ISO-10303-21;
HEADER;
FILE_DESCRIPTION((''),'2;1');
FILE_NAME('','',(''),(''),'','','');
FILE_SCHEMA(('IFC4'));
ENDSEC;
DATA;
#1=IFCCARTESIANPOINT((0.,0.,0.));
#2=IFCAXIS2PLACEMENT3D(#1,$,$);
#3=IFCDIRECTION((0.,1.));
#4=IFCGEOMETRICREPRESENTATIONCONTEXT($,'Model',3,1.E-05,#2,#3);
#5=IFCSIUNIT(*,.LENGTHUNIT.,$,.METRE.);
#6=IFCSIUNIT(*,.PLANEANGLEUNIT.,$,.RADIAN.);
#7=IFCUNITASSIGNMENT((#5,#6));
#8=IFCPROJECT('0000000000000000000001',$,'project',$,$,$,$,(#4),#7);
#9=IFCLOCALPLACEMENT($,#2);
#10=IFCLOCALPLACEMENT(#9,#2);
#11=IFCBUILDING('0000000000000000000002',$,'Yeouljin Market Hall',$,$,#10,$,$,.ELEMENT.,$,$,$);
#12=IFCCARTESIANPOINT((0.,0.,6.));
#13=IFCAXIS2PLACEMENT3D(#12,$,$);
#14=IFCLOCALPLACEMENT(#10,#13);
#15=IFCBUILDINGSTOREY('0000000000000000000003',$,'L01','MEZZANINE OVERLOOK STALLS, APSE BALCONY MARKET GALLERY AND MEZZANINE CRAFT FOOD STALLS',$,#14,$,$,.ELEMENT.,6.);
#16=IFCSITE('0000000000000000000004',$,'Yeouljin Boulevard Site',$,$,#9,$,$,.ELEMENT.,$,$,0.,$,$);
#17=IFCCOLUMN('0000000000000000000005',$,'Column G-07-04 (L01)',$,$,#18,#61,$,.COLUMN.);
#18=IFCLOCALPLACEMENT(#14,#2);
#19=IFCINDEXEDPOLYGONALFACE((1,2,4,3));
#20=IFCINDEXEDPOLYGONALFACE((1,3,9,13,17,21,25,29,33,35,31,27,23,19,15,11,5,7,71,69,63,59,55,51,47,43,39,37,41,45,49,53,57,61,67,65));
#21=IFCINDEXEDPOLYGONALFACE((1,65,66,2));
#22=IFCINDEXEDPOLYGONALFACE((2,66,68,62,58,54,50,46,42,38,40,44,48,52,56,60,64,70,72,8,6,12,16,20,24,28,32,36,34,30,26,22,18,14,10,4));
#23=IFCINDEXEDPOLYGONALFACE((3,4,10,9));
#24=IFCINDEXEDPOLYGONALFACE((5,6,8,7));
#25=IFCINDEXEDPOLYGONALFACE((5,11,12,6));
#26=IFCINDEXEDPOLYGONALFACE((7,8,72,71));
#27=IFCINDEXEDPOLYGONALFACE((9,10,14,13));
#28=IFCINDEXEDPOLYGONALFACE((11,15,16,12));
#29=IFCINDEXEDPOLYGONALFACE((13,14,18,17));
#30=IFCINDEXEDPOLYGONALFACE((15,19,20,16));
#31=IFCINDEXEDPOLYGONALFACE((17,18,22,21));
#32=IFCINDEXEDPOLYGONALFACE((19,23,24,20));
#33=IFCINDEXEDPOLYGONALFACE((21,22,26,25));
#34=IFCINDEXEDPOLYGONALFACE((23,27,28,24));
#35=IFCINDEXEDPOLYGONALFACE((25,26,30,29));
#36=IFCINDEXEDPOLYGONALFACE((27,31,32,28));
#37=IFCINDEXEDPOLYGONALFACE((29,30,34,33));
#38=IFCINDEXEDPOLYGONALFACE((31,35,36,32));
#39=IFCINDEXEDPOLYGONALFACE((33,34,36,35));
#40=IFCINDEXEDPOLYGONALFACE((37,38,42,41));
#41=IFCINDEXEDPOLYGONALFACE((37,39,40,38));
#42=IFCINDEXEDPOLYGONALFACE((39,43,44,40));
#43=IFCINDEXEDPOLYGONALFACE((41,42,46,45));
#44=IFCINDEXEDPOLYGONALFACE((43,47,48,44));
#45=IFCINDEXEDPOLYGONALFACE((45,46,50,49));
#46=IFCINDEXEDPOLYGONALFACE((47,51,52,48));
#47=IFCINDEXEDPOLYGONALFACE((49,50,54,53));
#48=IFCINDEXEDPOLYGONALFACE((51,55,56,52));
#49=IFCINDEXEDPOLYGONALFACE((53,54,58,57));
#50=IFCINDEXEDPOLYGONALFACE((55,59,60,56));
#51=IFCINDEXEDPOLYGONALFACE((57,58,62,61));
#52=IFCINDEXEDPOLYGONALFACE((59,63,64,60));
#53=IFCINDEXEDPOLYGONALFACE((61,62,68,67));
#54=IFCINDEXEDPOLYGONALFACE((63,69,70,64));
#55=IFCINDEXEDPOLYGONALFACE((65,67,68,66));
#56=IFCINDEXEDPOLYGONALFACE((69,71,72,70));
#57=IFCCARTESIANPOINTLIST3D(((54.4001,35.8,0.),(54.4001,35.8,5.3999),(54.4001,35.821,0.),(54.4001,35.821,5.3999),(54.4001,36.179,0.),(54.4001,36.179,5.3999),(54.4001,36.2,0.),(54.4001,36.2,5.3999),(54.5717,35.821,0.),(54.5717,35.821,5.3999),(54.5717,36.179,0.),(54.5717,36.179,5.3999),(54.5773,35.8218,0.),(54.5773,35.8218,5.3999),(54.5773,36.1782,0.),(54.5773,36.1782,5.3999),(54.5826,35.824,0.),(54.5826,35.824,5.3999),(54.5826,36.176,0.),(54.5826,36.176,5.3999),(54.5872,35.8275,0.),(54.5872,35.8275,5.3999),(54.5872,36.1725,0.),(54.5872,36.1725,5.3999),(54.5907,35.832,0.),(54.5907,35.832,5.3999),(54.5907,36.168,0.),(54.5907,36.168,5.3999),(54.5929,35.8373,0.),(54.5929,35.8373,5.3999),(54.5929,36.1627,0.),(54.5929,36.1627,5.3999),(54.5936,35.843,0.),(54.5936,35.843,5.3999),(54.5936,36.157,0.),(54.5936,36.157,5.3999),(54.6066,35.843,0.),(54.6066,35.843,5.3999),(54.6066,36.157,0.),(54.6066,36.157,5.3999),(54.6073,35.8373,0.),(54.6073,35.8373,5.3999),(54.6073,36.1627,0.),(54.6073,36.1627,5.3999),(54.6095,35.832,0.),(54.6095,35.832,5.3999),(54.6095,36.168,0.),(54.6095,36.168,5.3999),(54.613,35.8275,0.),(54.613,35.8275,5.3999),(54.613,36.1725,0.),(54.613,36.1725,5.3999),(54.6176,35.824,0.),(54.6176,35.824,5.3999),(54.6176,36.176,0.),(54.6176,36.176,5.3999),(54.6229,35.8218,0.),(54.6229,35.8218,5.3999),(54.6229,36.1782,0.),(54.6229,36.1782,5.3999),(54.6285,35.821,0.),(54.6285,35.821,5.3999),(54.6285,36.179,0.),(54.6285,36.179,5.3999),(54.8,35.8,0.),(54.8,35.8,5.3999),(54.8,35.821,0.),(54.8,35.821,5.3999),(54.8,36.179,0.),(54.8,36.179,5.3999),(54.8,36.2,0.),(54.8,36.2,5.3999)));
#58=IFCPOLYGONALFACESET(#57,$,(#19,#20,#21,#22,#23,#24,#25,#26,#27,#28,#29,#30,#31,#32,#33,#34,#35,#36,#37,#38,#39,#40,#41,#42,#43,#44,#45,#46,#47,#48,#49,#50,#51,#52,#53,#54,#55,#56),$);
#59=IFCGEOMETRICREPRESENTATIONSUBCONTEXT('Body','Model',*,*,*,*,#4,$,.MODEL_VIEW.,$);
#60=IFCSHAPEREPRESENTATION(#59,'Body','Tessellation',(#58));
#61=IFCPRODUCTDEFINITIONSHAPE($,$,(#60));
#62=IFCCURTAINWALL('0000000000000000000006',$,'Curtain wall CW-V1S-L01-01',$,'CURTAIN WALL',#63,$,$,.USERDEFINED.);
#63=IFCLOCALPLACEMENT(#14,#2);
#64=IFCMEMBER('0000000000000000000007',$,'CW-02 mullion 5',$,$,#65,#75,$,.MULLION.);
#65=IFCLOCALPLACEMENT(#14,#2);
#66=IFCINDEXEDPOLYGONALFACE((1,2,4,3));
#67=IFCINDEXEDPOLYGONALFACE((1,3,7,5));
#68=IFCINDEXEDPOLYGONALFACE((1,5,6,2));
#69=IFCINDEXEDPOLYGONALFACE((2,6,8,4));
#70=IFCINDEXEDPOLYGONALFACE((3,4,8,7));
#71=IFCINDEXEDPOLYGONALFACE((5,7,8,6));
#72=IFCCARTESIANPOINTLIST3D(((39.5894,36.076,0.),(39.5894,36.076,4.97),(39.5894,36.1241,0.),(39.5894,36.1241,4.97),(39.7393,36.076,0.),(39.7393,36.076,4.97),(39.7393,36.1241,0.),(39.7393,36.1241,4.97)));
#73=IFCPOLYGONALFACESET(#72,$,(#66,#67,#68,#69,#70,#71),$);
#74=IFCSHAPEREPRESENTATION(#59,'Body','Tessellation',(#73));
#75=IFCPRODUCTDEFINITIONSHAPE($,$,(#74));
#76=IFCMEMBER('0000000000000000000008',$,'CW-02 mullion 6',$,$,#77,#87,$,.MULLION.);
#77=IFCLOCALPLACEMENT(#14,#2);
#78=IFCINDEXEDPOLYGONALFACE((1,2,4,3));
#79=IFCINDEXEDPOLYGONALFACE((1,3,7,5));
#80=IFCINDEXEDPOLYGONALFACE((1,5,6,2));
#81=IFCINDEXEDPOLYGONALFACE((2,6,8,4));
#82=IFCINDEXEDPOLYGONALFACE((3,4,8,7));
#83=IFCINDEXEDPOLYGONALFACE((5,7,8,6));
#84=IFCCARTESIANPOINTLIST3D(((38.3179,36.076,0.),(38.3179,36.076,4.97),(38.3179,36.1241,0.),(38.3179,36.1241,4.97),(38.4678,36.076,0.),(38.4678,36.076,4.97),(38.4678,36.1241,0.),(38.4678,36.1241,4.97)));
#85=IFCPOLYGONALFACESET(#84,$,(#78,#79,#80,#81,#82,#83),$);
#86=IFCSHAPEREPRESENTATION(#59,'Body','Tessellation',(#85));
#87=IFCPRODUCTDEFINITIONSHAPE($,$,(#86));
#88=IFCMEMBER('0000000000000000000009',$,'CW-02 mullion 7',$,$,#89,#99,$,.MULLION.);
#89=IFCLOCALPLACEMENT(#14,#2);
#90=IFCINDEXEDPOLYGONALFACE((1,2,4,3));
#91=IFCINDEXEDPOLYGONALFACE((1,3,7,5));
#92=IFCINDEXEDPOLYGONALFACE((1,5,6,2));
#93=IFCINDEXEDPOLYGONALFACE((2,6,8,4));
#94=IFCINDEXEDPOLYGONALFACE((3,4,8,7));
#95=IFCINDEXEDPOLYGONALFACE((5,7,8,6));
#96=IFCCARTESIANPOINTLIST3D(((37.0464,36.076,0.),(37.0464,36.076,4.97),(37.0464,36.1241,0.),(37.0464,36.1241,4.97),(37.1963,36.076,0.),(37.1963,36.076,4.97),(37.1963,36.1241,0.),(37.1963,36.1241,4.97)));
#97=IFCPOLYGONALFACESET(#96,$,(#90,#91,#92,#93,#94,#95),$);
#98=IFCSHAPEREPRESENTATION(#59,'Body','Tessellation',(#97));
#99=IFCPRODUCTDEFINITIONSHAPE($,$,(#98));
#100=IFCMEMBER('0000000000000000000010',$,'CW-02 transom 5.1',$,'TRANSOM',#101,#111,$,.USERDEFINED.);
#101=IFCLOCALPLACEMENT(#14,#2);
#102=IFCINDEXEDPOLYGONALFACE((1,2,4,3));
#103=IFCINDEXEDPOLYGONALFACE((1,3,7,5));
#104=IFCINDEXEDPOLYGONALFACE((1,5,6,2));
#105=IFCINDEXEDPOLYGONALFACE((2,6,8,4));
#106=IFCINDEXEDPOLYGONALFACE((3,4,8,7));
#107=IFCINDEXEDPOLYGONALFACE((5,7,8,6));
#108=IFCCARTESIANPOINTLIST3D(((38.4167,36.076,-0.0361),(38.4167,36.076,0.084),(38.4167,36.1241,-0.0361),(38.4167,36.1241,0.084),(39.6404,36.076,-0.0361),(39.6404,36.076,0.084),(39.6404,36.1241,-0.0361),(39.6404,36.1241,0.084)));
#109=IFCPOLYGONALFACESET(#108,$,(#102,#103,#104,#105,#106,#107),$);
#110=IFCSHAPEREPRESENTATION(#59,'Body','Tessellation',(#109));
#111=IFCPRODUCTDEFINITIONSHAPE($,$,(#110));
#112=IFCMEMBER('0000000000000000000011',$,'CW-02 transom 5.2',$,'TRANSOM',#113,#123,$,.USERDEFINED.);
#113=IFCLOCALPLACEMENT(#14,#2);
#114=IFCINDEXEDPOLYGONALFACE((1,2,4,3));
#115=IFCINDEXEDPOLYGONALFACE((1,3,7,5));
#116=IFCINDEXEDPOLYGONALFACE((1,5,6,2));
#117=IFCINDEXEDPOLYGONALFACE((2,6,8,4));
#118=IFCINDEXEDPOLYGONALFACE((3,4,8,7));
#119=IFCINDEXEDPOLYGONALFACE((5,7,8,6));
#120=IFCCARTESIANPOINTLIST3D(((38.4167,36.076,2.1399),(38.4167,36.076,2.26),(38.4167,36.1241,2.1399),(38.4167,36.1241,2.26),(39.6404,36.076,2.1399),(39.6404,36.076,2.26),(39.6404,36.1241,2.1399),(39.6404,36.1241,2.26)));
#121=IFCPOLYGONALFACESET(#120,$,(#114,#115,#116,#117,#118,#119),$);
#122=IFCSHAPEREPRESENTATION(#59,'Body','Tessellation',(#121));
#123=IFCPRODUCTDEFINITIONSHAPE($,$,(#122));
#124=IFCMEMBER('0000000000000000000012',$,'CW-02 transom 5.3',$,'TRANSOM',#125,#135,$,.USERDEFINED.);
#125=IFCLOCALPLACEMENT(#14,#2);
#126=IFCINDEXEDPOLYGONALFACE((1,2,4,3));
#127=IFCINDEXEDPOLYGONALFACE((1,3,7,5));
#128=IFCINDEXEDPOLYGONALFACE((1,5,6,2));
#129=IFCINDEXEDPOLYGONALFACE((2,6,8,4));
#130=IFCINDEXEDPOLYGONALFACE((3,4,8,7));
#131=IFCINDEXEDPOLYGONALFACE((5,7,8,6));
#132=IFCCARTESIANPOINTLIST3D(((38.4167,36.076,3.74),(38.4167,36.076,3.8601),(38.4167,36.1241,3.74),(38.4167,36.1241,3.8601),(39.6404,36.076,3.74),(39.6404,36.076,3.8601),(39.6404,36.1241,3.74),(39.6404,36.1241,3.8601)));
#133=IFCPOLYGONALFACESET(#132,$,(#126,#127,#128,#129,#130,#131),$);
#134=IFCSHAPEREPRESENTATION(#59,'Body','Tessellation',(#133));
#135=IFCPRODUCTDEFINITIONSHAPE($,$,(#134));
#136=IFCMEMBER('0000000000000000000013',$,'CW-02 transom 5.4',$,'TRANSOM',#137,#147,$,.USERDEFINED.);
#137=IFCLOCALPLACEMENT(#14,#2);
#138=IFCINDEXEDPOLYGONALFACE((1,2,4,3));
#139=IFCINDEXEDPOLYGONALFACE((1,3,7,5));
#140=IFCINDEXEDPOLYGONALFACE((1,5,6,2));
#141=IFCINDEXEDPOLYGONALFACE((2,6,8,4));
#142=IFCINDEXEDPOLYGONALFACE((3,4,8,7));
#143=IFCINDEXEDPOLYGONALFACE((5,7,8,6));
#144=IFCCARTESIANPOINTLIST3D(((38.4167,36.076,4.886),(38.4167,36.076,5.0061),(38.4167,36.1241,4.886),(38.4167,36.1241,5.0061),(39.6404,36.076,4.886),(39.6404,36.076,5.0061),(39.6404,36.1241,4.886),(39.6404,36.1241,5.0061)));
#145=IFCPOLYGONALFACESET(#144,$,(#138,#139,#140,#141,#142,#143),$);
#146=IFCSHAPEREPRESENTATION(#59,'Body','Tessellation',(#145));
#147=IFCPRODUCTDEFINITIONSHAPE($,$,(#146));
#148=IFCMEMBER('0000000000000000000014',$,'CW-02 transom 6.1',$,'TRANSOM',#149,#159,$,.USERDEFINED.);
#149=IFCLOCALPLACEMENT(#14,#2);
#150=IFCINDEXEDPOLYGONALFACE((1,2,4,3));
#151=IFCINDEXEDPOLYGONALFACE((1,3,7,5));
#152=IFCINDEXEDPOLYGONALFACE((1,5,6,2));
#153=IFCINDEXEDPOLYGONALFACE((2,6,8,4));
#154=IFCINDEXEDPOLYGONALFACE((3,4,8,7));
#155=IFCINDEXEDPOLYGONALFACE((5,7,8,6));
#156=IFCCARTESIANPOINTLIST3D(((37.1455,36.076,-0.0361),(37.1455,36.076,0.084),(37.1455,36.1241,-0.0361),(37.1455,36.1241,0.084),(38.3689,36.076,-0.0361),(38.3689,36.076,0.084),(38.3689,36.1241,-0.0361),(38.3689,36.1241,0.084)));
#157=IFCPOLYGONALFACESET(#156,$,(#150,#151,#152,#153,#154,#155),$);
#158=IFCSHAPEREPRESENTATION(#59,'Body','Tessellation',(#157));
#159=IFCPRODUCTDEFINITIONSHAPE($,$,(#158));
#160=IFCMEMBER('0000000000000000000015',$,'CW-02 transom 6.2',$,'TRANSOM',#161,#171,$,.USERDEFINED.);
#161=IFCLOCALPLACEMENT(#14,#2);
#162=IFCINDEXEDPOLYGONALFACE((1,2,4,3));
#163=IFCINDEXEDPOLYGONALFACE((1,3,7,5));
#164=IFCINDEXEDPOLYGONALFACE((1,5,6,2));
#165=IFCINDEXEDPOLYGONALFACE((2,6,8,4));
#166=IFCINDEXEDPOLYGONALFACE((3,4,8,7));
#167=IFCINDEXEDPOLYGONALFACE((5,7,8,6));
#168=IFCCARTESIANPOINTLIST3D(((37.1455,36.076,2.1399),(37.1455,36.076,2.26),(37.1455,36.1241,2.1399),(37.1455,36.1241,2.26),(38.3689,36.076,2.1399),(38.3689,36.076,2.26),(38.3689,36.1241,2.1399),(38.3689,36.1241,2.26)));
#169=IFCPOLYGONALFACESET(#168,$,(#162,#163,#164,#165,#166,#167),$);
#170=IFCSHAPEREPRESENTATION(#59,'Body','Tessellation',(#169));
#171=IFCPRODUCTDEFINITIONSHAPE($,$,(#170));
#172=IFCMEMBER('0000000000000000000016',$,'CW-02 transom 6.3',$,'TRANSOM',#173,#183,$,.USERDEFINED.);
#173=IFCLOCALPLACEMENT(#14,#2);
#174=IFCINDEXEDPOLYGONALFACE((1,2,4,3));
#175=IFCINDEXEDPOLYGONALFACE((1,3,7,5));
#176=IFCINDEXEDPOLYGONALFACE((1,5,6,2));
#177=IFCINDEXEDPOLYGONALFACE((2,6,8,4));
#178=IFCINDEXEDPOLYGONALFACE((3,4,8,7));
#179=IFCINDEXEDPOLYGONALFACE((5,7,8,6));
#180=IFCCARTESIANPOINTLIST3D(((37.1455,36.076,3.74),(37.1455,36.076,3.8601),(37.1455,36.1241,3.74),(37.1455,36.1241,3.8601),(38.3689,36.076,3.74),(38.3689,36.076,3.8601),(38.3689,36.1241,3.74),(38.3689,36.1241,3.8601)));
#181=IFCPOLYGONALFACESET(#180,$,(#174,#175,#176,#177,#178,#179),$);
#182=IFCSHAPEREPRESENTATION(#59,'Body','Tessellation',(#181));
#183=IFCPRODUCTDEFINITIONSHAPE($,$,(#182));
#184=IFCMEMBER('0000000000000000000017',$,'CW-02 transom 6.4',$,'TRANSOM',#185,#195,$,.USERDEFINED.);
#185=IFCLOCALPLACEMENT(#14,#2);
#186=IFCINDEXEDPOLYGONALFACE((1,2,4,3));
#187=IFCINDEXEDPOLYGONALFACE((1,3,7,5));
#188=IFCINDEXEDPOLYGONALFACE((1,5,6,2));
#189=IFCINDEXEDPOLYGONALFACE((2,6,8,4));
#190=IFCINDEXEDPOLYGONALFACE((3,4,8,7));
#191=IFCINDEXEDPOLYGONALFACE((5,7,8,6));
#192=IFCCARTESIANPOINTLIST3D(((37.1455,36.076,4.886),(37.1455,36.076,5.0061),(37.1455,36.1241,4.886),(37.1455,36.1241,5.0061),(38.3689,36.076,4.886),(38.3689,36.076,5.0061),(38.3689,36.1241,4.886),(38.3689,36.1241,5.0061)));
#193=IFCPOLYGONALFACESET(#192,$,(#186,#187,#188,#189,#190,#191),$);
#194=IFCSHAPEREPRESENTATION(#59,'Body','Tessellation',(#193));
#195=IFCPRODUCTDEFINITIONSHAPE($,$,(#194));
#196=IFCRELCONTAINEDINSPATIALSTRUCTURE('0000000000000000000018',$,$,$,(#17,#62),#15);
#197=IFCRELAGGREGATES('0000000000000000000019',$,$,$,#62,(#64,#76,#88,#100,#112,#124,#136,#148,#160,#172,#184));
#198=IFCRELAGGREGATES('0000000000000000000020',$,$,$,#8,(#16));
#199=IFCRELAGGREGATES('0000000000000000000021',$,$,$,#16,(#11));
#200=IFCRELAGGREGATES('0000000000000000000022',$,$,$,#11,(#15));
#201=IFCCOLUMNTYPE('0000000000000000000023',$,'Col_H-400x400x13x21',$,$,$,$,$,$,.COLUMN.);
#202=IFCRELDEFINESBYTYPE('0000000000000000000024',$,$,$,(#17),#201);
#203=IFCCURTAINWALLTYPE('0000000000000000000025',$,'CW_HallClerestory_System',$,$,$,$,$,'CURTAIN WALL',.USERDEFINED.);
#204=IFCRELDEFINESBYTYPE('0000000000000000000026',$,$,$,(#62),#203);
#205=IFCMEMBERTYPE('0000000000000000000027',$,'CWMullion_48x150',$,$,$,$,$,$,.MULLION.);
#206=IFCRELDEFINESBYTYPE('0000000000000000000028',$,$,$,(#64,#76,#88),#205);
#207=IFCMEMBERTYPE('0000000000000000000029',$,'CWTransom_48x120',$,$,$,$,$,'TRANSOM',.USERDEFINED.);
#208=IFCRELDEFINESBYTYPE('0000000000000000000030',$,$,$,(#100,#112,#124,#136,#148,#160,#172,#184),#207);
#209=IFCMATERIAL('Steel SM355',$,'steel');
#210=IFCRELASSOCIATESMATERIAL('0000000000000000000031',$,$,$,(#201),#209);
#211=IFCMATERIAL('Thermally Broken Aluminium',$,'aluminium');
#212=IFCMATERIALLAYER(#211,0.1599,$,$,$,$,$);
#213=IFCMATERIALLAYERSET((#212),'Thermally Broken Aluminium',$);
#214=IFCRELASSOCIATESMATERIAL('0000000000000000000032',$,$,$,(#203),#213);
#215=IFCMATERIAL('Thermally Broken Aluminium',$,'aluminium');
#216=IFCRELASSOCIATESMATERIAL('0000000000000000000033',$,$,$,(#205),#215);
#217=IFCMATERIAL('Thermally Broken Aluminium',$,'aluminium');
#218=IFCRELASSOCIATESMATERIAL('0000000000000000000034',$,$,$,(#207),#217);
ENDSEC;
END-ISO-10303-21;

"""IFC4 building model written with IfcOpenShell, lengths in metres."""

from ifc_helpers import new_model, si_unit, direction, frame, origin, origin_2d, place, context, subcontext, project, spatial, rectangle, i_section, extrude, material, layer, layer_set, material_profile, profile_set, type_object, element, aggregate, save


model = new_model("IFC4")

# Units and contexts
model_context = context("Model", 3, precision=1e-05, world=origin(), true_north=direction((0.0, 1.0)))
body_context = subcontext(model_context, "Body", "Model", "MODEL_VIEW")
ifc_project = project(units=[si_unit("LENGTHUNIT", "METRE"), si_unit("PLANEANGLEUNIT", "RADIAN")], contexts=[model_context])

# Site, building, storey
site_placement = place(None, origin())
site = spatial("IfcSite", under=ifc_project, at=site_placement, Name="Yeouljin Boulevard Site", CompositionType="ELEMENT", RefElevation=0.0)
building_placement = place(site_placement, origin())
building = spatial("IfcBuilding", under=site, at=building_placement, Name="Yeouljin Market Hall", CompositionType="ELEMENT")
storey_placement = place(building_placement, frame((0.0, 0.0, 6.0)))
storey = spatial("IfcBuildingStorey", under=building, at=storey_placement, Name="L01", Description="MEZZANINE OVERLOOK STALLS, APSE BALCONY MARKET GALLERY AND MEZZANINE CRAFT FOOD STALLS", CompositionType="ELEMENT", Elevation=6.0)

# Column
ifc_material_1 = material(Name="Steel SM355", Category="steel")
ifc_material_profile_1 = material_profile(ifc_material_1, i_section(OverallWidth=0.3999, OverallDepth=0.3999, WebThickness=0.0129, FlangeThickness=0.021, FilletRadius=0.022, at=origin_2d()), Name="H-400x400x13x21")
ifc_profile_set_1 = profile_set([ifc_material_profile_1], Name="Steel SM355")
column_type = type_object("IfcColumnType", Name="Col_H-400x400x13x21", PredefinedType="COLUMN", material=ifc_profile_set_1)
column_placement = place(storey_placement, frame((54.6001, 36.0, 0.0), z_axis=(0.0, 0.0, 1.0), x_axis=(1.0, 0.0, 0.0)))
element("IfcColumn", 1, at=column_placement, inside=storey, type_object=column_type, Name="Column G-07-04 (L01)", PredefinedType="COLUMN", context=body_context, shape_type="SweptSolid", body=[
    extrude(i_section(OverallWidth=0.3999, OverallDepth=0.3999, WebThickness=0.0129, FlangeThickness=0.021, FilletRadius=0.022, at=origin_2d()), origin(), (0.0, 0.0, 1.0), 5.3999),
])

# Curtain wall, members
ifc_material_2 = material(Name="Thermally Broken Aluminium", Category="aluminium")
ifc_layer_1 = layer(ifc_material_2, 0.1599)
ifc_layer_set_1 = layer_set([ifc_layer_1], Name="Thermally Broken Aluminium")
curtain_wall_type = type_object("IfcCurtainWallType", Name="CW_HallClerestory_System", ElementType="CURTAIN WALL", PredefinedType="USERDEFINED", material=ifc_layer_set_1)
curtain_wall_placement = place(storey_placement, origin())
curtain_wall = element("IfcCurtainWall", 2, at=curtain_wall_placement, inside=storey, type_object=curtain_wall_type, Name="Curtain wall CW-V1S-L01-01", ObjectType="CURTAIN WALL", PredefinedType="USERDEFINED")
ifc_material_3 = material(Name="Thermally Broken Aluminium", Category="aluminium")
ifc_material_profile_2 = material_profile(ifc_material_3, rectangle(XDim=0.0481, YDim=0.1499, at=origin_2d()), Name="CW-MULL-48x150")
ifc_profile_set_2 = profile_set([ifc_material_profile_2], Name="Thermally Broken Aluminium")
member_type_1 = type_object("IfcMemberType", Name="CWMullion_48x150", PredefinedType="MULLION", material=ifc_profile_set_2)
member_1_placement = place(storey_placement, frame((39.6643, 36.1001, 0.0), z_axis=(0.0, 0.0, 1.0), x_axis=(0.0, -1.0, 0.0)))
member_1 = element("IfcMember", 3, at=member_1_placement, type_object=member_type_1, Name="CW-02 mullion 5", PredefinedType="MULLION", context=body_context, shape_type="SweptSolid", body=[
    extrude(rectangle(XDim=0.0481, YDim=0.1499, at=origin_2d()), origin(), (0.0, 0.0, 1.0), 4.97),
])
member_2_placement = place(storey_placement, frame((38.3928, 36.1001, 0.0), z_axis=(0.0, 0.0, 1.0), x_axis=(0.0, -1.0, 0.0)))
member_2 = element("IfcMember", 4, at=member_2_placement, type_object=member_type_1, Name="CW-02 mullion 6", PredefinedType="MULLION", context=body_context, shape_type="SweptSolid", body=[
    extrude(rectangle(XDim=0.0481, YDim=0.1499, at=origin_2d()), origin(), (0.0, 0.0, 1.0), 4.97),
])
member_3_placement = place(storey_placement, frame((37.1213, 36.1001, 0.0), z_axis=(0.0, 0.0, 1.0), x_axis=(0.0, -1.0, 0.0)))
member_3 = element("IfcMember", 5, at=member_3_placement, type_object=member_type_1, Name="CW-02 mullion 7", PredefinedType="MULLION", context=body_context, shape_type="SweptSolid", body=[
    extrude(rectangle(XDim=0.0481, YDim=0.1499, at=origin_2d()), origin(), (0.0, 0.0, 1.0), 4.97),
])
ifc_material_4 = material(Name="Thermally Broken Aluminium", Category="aluminium")
ifc_material_profile_3 = material_profile(ifc_material_4, rectangle(XDim=0.0481, YDim=0.1201, at=origin_2d()), Name="CW-TRAN-48x120")
ifc_profile_set_3 = profile_set([ifc_material_profile_3], Name="Thermally Broken Aluminium")
member_type_2 = type_object("IfcMemberType", Name="CWTransom_48x120", ElementType="TRANSOM", PredefinedType="USERDEFINED", material=ifc_profile_set_3)
member_4_placement = place(storey_placement, frame((39.6404, 36.1001, 0.0239), z_axis=(-1.0, 0.0, 0.0), x_axis=(0.0, -1.0, 0.0)))
member_4 = element("IfcMember", 6, at=member_4_placement, type_object=member_type_2, Name="CW-02 transom 5.1", ObjectType="TRANSOM", PredefinedType="USERDEFINED", context=body_context, shape_type="SweptSolid", body=[
    extrude(rectangle(XDim=0.0481, YDim=0.1201, at=origin_2d()), origin(), (0.0, 0.0, 1.0), 1.2236),
])
member_5_placement = place(storey_placement, frame((39.6404, 36.1001, 2.2), z_axis=(-1.0, 0.0, 0.0), x_axis=(0.0, -1.0, 0.0)))
member_5 = element("IfcMember", 7, at=member_5_placement, type_object=member_type_2, Name="CW-02 transom 5.2", ObjectType="TRANSOM", PredefinedType="USERDEFINED", context=body_context, shape_type="SweptSolid", body=[
    extrude(rectangle(XDim=0.0481, YDim=0.1201, at=origin_2d()), origin(), (0.0, 0.0, 1.0), 1.2236),
])
member_6_placement = place(storey_placement, frame((39.6404, 36.1001, 3.8), z_axis=(-1.0, 0.0, 0.0), x_axis=(0.0, -1.0, 0.0)))
member_6 = element("IfcMember", 8, at=member_6_placement, type_object=member_type_2, Name="CW-02 transom 5.3", ObjectType="TRANSOM", PredefinedType="USERDEFINED", context=body_context, shape_type="SweptSolid", body=[
    extrude(rectangle(XDim=0.0481, YDim=0.1201, at=origin_2d()), origin(), (0.0, 0.0, 1.0), 1.2236),
])
member_7_placement = place(storey_placement, frame((39.6404, 36.1001, 4.946), z_axis=(-1.0, 0.0, 0.0), x_axis=(0.0, -1.0, 0.0)))
member_7 = element("IfcMember", 9, at=member_7_placement, type_object=member_type_2, Name="CW-02 transom 5.4", ObjectType="TRANSOM", PredefinedType="USERDEFINED", context=body_context, shape_type="SweptSolid", body=[
    extrude(rectangle(XDim=0.0481, YDim=0.1201, at=origin_2d()), origin(), (0.0, 0.0, 1.0), 1.2236),
])
member_8_placement = place(storey_placement, frame((38.3689, 36.1001, 0.0239), z_axis=(-1.0, 0.0, 0.0), x_axis=(0.0, -1.0, 0.0)))
member_8 = element("IfcMember", 10, at=member_8_placement, type_object=member_type_2, Name="CW-02 transom 6.1", ObjectType="TRANSOM", PredefinedType="USERDEFINED", context=body_context, shape_type="SweptSolid", body=[
    extrude(rectangle(XDim=0.0481, YDim=0.1201, at=origin_2d()), origin(), (0.0, 0.0, 1.0), 1.2234),
])
member_9_placement = place(storey_placement, frame((38.3689, 36.1001, 2.2), z_axis=(-1.0, 0.0, 0.0), x_axis=(0.0, -1.0, 0.0)))
member_9 = element("IfcMember", 11, at=member_9_placement, type_object=member_type_2, Name="CW-02 transom 6.2", ObjectType="TRANSOM", PredefinedType="USERDEFINED", context=body_context, shape_type="SweptSolid", body=[
    extrude(rectangle(XDim=0.0481, YDim=0.1201, at=origin_2d()), origin(), (0.0, 0.0, 1.0), 1.2234),
])
member_10_placement = place(storey_placement, frame((38.3689, 36.1001, 3.8), z_axis=(-1.0, 0.0, 0.0), x_axis=(0.0, -1.0, 0.0)))
member_10 = element("IfcMember", 12, at=member_10_placement, type_object=member_type_2, Name="CW-02 transom 6.3", ObjectType="TRANSOM", PredefinedType="USERDEFINED", context=body_context, shape_type="SweptSolid", body=[
    extrude(rectangle(XDim=0.0481, YDim=0.1201, at=origin_2d()), origin(), (0.0, 0.0, 1.0), 1.2234),
])
member_11_placement = place(storey_placement, frame((38.3689, 36.1001, 4.946), z_axis=(-1.0, 0.0, 0.0), x_axis=(0.0, -1.0, 0.0)))
member_11 = element("IfcMember", 13, at=member_11_placement, type_object=member_type_2, Name="CW-02 transom 6.4", ObjectType="TRANSOM", PredefinedType="USERDEFINED", context=body_context, shape_type="SweptSolid", body=[
    extrude(rectangle(XDim=0.0481, YDim=0.1201, at=origin_2d()), origin(), (0.0, 0.0, 1.0), 1.2234),
])

aggregate(curtain_wall, [member_1, member_2, member_3, member_4, member_5, member_6, member_7, member_8, member_9, member_10, member_11])

save(model, "model.ifc")
